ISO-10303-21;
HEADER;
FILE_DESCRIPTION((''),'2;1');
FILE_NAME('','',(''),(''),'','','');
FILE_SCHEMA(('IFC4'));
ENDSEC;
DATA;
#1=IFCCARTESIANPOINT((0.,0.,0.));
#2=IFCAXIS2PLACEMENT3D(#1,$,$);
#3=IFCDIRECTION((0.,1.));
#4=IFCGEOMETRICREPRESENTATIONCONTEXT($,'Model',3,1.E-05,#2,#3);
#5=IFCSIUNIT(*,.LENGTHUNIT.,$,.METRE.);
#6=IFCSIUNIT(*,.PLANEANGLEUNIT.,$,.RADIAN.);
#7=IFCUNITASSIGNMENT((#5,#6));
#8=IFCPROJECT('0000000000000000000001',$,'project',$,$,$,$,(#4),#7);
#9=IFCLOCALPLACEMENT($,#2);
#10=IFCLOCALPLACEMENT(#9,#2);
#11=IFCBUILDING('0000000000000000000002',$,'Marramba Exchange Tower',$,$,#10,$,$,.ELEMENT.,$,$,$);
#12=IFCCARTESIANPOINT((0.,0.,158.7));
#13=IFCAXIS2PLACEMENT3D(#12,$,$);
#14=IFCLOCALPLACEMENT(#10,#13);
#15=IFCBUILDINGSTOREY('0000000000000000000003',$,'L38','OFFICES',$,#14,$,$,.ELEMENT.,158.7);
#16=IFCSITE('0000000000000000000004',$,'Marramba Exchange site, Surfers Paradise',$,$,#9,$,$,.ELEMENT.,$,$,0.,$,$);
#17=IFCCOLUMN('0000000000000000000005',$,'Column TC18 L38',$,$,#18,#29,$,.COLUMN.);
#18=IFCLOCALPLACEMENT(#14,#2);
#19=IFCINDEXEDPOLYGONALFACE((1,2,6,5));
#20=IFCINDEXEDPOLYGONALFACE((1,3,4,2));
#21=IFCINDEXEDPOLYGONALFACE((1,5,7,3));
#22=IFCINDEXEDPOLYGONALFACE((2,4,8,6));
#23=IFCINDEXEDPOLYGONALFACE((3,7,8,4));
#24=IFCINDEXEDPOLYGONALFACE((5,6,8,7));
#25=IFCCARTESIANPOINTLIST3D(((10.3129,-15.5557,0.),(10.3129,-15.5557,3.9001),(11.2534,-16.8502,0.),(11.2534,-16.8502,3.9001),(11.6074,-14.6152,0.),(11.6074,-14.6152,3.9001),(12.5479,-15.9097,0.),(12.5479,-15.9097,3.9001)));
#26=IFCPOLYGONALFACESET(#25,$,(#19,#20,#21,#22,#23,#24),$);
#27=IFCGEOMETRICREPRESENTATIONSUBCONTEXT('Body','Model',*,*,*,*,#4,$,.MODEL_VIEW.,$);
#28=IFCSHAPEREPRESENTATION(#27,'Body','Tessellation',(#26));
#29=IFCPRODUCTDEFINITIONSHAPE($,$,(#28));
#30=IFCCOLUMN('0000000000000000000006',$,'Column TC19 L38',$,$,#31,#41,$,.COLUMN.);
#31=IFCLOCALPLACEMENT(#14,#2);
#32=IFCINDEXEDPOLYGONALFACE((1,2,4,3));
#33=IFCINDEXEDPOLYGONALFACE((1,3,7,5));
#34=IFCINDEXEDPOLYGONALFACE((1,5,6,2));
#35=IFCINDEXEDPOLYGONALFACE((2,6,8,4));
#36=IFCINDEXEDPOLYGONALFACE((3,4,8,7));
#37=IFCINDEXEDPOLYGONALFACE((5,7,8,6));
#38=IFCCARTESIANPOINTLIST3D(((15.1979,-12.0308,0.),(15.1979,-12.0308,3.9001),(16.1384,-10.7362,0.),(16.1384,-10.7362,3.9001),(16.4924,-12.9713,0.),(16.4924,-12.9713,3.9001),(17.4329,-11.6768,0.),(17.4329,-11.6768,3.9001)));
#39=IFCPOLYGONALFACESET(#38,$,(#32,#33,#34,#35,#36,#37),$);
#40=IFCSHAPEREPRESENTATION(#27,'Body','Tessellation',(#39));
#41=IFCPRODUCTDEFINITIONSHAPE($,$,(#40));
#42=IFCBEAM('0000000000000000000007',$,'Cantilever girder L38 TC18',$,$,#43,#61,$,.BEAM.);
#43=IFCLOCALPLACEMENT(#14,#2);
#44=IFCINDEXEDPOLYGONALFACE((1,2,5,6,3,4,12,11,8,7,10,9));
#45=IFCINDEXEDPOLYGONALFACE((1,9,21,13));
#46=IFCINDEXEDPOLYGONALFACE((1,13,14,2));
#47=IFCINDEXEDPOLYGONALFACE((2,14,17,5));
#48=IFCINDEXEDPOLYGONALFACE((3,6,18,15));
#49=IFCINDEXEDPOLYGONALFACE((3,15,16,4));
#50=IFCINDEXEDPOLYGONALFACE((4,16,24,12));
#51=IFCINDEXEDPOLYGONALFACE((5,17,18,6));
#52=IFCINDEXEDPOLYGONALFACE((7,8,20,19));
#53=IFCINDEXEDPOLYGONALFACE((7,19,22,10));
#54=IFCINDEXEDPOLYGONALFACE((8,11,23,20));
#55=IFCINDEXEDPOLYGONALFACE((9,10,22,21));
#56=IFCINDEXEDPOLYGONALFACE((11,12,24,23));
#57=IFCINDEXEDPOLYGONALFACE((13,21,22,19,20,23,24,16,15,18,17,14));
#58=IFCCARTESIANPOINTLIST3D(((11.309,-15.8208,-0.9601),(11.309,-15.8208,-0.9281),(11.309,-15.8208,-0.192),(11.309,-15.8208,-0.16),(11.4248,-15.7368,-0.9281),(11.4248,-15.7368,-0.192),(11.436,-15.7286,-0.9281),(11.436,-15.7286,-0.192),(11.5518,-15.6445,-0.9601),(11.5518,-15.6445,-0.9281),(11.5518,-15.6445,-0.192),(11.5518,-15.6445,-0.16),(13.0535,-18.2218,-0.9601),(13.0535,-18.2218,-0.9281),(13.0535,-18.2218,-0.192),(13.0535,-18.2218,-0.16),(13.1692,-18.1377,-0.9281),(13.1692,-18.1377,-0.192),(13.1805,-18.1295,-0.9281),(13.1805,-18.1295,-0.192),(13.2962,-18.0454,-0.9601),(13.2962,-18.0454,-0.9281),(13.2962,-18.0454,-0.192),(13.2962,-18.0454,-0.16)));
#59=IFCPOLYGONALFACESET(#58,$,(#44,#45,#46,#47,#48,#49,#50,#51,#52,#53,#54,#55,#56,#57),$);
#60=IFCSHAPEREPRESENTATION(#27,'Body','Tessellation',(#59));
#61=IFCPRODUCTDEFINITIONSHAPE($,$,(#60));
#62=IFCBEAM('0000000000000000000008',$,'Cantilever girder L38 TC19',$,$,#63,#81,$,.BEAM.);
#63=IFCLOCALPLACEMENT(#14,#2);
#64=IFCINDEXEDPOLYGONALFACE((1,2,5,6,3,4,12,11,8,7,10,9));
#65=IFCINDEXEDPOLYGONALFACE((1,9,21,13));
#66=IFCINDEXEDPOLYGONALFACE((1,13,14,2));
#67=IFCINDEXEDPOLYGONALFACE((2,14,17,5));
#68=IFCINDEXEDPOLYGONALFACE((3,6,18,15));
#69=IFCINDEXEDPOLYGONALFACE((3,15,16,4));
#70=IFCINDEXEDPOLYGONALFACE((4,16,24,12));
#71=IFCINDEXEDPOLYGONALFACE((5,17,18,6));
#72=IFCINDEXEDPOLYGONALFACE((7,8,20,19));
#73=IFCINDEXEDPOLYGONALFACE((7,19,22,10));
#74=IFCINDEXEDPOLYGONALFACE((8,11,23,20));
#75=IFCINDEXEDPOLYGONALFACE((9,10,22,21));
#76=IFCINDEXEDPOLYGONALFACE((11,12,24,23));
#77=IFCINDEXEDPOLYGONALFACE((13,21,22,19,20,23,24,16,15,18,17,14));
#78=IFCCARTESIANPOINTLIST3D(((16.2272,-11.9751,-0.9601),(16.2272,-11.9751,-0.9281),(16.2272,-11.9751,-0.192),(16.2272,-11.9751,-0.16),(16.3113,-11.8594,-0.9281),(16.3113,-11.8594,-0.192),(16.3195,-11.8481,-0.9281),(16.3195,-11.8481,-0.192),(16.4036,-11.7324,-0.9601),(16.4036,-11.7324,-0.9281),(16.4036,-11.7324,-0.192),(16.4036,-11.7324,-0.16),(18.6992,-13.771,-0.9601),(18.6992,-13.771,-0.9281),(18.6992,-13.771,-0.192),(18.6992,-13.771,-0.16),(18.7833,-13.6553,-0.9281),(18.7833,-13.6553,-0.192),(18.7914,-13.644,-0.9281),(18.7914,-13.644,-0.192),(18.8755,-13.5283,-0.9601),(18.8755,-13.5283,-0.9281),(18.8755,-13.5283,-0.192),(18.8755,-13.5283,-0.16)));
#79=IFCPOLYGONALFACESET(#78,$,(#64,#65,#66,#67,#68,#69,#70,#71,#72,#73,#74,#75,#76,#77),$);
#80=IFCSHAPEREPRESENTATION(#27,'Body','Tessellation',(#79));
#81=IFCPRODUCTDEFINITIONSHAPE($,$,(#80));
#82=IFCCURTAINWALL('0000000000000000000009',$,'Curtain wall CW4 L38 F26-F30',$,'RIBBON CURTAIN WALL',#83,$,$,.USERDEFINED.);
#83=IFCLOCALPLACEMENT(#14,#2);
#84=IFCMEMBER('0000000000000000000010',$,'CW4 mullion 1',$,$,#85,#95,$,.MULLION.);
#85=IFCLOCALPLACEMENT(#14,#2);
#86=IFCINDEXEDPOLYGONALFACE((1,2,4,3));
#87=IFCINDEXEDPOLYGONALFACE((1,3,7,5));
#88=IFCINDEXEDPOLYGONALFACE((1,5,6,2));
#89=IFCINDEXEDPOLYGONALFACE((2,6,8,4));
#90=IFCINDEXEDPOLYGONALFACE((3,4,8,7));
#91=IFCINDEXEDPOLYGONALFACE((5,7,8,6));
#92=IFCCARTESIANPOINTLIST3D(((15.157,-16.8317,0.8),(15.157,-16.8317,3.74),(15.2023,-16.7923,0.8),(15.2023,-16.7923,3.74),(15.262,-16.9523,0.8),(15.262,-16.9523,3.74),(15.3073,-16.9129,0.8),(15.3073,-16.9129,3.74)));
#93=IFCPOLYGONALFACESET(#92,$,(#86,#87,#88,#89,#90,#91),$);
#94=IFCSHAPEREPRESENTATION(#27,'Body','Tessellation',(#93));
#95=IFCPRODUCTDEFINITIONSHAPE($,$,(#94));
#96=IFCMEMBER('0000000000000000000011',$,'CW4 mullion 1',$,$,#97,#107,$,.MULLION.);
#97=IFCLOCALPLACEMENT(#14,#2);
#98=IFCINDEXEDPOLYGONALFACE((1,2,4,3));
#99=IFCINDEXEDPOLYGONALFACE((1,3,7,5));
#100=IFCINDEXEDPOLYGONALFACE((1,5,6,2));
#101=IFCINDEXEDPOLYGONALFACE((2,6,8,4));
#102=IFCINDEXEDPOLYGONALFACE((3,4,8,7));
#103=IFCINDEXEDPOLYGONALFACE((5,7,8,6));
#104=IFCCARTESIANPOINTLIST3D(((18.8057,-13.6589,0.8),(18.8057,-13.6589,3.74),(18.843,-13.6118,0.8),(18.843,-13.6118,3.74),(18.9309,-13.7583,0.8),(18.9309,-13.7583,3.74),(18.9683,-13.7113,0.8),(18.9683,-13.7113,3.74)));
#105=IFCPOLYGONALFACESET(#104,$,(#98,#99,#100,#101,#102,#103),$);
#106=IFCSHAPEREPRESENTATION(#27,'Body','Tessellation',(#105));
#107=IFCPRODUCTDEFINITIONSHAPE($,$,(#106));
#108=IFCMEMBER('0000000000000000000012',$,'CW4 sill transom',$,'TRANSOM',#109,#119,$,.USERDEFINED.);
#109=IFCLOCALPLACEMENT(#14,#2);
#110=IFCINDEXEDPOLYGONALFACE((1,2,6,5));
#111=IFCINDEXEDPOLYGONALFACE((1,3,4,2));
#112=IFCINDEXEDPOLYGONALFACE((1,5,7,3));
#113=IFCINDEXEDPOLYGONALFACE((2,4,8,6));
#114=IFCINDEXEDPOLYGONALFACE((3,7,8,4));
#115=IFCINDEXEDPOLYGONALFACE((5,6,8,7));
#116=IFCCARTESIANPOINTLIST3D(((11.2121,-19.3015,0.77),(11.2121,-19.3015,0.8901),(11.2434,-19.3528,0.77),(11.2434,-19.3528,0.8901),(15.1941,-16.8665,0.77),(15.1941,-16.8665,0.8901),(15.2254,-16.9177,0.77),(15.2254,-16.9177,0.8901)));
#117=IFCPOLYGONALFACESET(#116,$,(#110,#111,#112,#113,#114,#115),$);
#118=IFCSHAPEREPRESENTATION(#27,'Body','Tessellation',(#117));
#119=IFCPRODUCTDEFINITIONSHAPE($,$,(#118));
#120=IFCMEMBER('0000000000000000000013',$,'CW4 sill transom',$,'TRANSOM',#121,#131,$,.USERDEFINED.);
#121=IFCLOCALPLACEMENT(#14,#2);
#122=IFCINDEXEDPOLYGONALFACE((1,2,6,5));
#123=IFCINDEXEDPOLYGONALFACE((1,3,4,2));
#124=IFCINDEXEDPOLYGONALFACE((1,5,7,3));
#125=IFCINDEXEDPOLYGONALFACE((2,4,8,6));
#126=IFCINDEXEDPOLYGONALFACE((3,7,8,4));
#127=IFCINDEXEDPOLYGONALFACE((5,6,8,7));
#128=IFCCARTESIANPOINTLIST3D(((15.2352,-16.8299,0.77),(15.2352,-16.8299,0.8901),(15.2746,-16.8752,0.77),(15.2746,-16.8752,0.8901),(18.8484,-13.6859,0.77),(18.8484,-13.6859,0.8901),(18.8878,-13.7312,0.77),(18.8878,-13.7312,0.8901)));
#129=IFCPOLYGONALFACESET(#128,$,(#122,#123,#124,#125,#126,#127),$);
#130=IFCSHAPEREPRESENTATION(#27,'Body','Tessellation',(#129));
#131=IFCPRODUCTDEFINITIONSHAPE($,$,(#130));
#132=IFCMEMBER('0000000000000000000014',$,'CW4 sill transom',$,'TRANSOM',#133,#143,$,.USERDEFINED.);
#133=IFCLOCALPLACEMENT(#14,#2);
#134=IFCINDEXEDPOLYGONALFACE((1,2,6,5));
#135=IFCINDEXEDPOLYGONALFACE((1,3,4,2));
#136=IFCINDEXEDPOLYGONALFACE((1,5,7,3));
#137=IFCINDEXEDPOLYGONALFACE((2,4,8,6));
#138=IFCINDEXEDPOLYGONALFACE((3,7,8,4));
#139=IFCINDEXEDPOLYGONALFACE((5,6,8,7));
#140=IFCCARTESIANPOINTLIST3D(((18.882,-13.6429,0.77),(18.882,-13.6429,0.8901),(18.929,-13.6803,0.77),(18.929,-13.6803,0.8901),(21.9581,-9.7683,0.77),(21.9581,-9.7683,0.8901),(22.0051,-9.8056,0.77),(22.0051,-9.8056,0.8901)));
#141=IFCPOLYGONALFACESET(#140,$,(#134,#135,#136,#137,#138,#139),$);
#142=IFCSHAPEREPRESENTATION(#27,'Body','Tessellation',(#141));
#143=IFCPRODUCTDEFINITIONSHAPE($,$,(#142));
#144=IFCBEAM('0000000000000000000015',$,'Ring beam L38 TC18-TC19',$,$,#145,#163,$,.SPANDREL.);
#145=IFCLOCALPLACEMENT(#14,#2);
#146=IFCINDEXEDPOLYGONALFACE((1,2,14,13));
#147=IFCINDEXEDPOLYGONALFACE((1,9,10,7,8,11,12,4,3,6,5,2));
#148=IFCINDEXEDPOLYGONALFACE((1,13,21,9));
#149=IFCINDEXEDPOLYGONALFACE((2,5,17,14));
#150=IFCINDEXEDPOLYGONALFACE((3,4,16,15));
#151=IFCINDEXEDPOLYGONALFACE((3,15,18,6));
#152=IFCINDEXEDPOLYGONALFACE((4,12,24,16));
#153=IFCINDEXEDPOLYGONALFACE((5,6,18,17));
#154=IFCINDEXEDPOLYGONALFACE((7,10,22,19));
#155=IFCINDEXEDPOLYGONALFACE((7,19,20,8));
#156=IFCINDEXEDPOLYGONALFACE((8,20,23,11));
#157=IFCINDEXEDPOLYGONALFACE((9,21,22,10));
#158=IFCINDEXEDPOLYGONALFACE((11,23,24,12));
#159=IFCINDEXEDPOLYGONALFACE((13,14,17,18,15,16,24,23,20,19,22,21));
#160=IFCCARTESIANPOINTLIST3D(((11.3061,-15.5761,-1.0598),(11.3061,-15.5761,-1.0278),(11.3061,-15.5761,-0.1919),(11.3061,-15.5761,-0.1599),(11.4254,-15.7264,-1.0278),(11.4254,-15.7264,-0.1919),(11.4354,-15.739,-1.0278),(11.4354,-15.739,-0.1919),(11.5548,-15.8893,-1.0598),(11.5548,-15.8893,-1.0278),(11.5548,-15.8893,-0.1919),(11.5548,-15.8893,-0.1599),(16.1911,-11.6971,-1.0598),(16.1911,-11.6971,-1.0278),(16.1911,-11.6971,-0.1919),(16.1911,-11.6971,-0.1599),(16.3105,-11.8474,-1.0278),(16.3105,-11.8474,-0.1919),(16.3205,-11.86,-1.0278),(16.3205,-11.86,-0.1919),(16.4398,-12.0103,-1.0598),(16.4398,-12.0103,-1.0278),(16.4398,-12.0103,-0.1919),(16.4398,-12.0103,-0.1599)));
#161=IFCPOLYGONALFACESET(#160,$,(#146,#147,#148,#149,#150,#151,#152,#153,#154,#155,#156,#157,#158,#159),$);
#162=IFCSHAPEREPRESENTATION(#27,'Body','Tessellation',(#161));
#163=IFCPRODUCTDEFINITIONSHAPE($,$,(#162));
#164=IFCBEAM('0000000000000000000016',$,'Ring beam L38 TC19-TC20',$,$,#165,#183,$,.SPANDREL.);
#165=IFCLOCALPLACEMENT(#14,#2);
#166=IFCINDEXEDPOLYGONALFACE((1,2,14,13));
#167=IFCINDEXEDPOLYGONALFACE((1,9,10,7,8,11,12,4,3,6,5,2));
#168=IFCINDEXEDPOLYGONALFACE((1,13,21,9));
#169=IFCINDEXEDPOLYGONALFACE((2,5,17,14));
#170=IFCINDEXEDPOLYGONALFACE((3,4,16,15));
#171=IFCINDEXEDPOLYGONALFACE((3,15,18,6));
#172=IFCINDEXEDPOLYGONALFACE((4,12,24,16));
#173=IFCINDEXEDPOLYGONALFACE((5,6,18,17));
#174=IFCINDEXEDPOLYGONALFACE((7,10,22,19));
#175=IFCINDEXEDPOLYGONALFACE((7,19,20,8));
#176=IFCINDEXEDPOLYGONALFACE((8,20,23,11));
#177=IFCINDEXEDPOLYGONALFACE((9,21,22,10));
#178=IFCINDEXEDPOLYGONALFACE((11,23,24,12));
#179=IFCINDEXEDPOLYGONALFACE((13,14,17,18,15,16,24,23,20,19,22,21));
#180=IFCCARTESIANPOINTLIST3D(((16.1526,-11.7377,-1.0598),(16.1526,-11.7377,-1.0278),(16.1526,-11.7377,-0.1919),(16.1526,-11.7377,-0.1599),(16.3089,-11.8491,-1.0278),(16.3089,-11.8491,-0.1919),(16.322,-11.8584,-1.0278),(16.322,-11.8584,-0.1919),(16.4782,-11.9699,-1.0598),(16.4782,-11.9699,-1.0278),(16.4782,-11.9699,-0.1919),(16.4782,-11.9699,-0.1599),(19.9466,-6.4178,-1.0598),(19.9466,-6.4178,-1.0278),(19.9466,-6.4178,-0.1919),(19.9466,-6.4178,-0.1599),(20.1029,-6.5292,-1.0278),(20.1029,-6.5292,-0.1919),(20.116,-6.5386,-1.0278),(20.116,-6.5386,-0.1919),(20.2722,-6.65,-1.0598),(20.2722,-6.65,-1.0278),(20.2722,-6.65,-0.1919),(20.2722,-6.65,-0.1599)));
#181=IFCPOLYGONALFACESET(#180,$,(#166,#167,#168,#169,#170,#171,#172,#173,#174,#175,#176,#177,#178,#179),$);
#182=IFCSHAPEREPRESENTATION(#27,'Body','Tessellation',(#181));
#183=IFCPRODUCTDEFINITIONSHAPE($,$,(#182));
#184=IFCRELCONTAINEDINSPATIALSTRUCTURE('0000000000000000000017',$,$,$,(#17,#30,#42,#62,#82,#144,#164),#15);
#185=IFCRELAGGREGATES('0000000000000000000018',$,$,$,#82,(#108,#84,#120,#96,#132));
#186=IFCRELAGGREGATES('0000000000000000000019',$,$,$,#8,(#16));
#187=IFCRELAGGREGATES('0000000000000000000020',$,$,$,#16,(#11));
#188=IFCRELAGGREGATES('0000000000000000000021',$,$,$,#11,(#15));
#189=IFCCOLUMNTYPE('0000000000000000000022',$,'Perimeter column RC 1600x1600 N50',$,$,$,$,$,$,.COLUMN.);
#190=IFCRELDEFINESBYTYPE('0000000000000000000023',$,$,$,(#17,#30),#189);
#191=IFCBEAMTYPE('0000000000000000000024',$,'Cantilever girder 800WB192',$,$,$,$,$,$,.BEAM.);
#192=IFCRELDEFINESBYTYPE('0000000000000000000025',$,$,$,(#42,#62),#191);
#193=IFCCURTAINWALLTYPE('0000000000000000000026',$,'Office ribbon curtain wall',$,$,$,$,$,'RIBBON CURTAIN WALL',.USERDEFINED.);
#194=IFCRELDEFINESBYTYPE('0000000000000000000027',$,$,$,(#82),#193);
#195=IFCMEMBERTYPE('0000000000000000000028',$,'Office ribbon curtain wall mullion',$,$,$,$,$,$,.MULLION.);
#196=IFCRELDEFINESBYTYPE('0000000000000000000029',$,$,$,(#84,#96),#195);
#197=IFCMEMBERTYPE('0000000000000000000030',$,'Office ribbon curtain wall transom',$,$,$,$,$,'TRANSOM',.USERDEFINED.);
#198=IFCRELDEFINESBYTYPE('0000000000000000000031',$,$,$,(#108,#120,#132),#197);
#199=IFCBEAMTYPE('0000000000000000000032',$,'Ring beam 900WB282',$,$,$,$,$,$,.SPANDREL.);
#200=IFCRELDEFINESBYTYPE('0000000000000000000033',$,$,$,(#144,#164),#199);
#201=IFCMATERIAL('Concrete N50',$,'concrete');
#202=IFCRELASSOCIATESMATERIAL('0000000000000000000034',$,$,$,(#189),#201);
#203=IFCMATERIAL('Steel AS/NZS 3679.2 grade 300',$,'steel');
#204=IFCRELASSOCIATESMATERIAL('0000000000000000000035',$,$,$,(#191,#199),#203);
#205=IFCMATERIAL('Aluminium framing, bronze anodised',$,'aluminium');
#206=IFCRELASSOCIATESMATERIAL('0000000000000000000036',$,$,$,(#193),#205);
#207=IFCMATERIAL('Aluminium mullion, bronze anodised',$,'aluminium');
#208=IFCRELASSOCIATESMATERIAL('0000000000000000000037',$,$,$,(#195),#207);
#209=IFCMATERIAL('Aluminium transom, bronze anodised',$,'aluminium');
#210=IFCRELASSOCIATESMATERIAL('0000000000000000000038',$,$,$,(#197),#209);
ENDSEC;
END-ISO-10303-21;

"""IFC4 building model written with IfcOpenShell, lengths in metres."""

from ifc_helpers import new_model, si_unit, direction, frame, origin, origin_2d, place, context, subcontext, project, spatial, rectangle, i_section, extrude, material, material_profile, profile_set, type_object, element, aggregate, save


model = new_model("IFC4")

# Units and contexts
model_context = context("Model", 3, precision=1e-05, world=origin(), true_north=direction((0.0, 1.0)))
body_context = subcontext(model_context, "Body", "Model", "MODEL_VIEW")
ifc_project = project(units=[si_unit("LENGTHUNIT", "METRE"), si_unit("PLANEANGLEUNIT", "RADIAN")], contexts=[model_context])

# Site, building, storey
site_placement = place(None, origin())
site = spatial("IfcSite", under=ifc_project, at=site_placement, Name="Marramba Exchange site, Surfers Paradise", CompositionType="ELEMENT", RefElevation=0.0)
building_placement = place(site_placement, origin())
building = spatial("IfcBuilding", under=site, at=building_placement, Name="Marramba Exchange Tower", CompositionType="ELEMENT")
storey_placement = place(building_placement, frame((0.0, 0.0, 158.7)))
storey = spatial("IfcBuildingStorey", under=building, at=storey_placement, Name="L38", Description="OFFICES", CompositionType="ELEMENT", Elevation=158.7)

# Columns
ifc_material_1 = material(Name="Concrete N50", Category="concrete")
ifc_material_profile_1 = material_profile(ifc_material_1, rectangle(XDim=1.6001, YDim=1.6001, at=origin_2d()), Name="RC 1600x1600")
ifc_profile_set_1 = profile_set([ifc_material_profile_1], Name="Concrete N50")
column_type = type_object("IfcColumnType", Name="Perimeter column RC 1600x1600 N50", PredefinedType="COLUMN", material=ifc_profile_set_1)
for number, where, z_axis, x_axis, name in (
    (1, (11.4304, -15.7327, 0.0), (0.0, 0.0, 1.0), (0.587785, -0.809017, 0.0), "Column TC18 L38"),
    (2, (16.3154, -11.8538, 0.0), (0.0, 0.0, 1.0), (0.809017, -0.587785, 0.0), "Column TC19 L38"),
):
    element("IfcColumn", number, at=place(storey_placement, frame(where, z_axis=z_axis, x_axis=x_axis)), inside=storey, type_object=column_type, Name=name, PredefinedType="COLUMN", context=body_context, shape_type="SweptSolid", body=[
        extrude(rectangle(XDim=1.6001, YDim=1.6001, at=origin_2d()), origin(), (0.0, 0.0, 1.0), 3.9001),
    ])

# Beams
ifc_material_2 = material(Name="Steel AS/NZS 3679.2 grade 300", Category="steel")
ifc_material_profile_2 = material_profile(ifc_material_2, i_section(OverallWidth=0.3, OverallDepth=0.8, WebThickness=0.0139, FlangeThickness=0.032, at=origin_2d()), Name="800WB192")
ifc_profile_set_2 = profile_set([ifc_material_profile_2], Name="Steel AS/NZS 3679.2 grade 300")
beam_type_1 = type_object("IfcBeamType", Name="Cantilever girder 800WB192", PredefinedType="BEAM", material=ifc_profile_set_2)
beam_1_placement = place(storey_placement, frame((11.4304, -15.7327, -0.5601), z_axis=(0.587795, -0.80901, 0.0), x_axis=(0.80901, 0.587795, 0.0)))
element("IfcBeam", 3, at=beam_1_placement, inside=storey, type_object=beam_type_1, Name="Cantilever girder L38 TC18", PredefinedType="BEAM", context=body_context, shape_type="SweptSolid", body=[
    extrude(i_section(OverallWidth=0.3, OverallDepth=0.8, WebThickness=0.0139, FlangeThickness=0.032, at=origin_2d()), origin(), (0.0, 0.0, 1.0), 2.9678),
])
beam_2_placement = place(storey_placement, frame((16.3154, -11.8538, -0.5601), z_axis=(0.809026, -0.587773, 0.0), x_axis=(0.587773, 0.809026, 0.0)))
element("IfcBeam", 4, at=beam_2_placement, inside=storey, type_object=beam_type_1, Name="Cantilever girder L38 TC19", PredefinedType="BEAM", context=body_context, shape_type="SweptSolid", body=[
    extrude(i_section(OverallWidth=0.3, OverallDepth=0.8, WebThickness=0.0139, FlangeThickness=0.032, at=origin_2d()), origin(), (0.0, 0.0, 1.0), 3.0554),
])

# Curtain wall, members
ifc_material_3 = material(Name="Aluminium framing, bronze anodised", Category="aluminium")
curtain_wall_type = type_object("IfcCurtainWallType", Name="Office ribbon curtain wall", ElementType="RIBBON CURTAIN WALL", PredefinedType="USERDEFINED", material=ifc_material_3)
curtain_wall_placement = place(storey_placement, origin())
curtain_wall = element("IfcCurtainWall", 5, at=curtain_wall_placement, inside=storey, type_object=curtain_wall_type, Name="Curtain wall CW4 L38 F26-F30", ObjectType="RIBBON CURTAIN WALL", PredefinedType="USERDEFINED")
ifc_material_4 = material(Name="Aluminium mullion, bronze anodised", Category="aluminium")
ifc_material_profile_3 = material_profile(ifc_material_4, rectangle(XDim=0.1599, YDim=0.0601, at=origin_2d()), Name="CW4 mullion 60x160")
ifc_profile_set_3 = profile_set([ifc_material_profile_3], Name="Aluminium mullion, bronze anodised")
member_type_1 = type_object("IfcMemberType", Name="Office ribbon curtain wall mullion", PredefinedType="MULLION", material=ifc_profile_set_3)
member_1_placement = place(storey_placement, frame((15.2322, -16.8723, 0.8), z_axis=(0.0, 0.0, 1.0), x_axis=(-0.656432, 0.754386, 0.0)))
member_1 = element("IfcMember", 6, at=member_1_placement, type_object=member_type_1, Name="CW4 mullion 1", PredefinedType="MULLION", context=body_context, shape_type="SweptSolid", body=[
    extrude(rectangle(XDim=0.1599, YDim=0.0601, at=origin_2d()), origin(), (0.0, 0.0, 1.0), 2.9399),
])
member_2_placement = place(storey_placement, frame((18.887, -13.6851, 0.8), z_axis=(0.0, 0.0, 1.0), x_axis=(-0.78317, 0.621807, 0.0)))
member_2 = element("IfcMember", 7, at=member_2_placement, type_object=member_type_1, Name="CW4 mullion 1", PredefinedType="MULLION", context=body_context, shape_type="SweptSolid", body=[
    extrude(rectangle(XDim=0.1599, YDim=0.0601, at=origin_2d()), origin(), (0.0, 0.0, 1.0), 2.9399),
])
ifc_material_5 = material(Name="Aluminium transom, bronze anodised", Category="aluminium")
ifc_material_profile_4 = material_profile(ifc_material_5, rectangle(XDim=0.0601, YDim=0.1201, at=origin_2d()), Name="CW4 transom 60x120")
ifc_profile_set_4 = profile_set([ifc_material_profile_4], Name="Aluminium transom, bronze anodised")
member_type_2 = type_object("IfcMemberType", Name="Office ribbon curtain wall transom", ElementType="TRANSOM", PredefinedType="USERDEFINED", material=ifc_profile_set_4)
member_3_placement = place(storey_placement, frame((11.2278, -19.3271, 0.8301), z_axis=(0.853124, 0.521708, 0.0), x_axis=(-0.521708, 0.853124, 0.0)))
member_3 = element("IfcMember", 8, at=member_3_placement, type_object=member_type_2, Name="CW4 sill transom", ObjectType="TRANSOM", PredefinedType="USERDEFINED", context=body_context, shape_type="SweptSolid", body=[
    extrude(rectangle(XDim=0.0601, YDim=0.1201, at=origin_2d()), origin(), (0.0, 0.0, 1.0), 4.6675),
])
member_4_placement = place(storey_placement, frame((15.2549, -16.8525, 0.8301), z_axis=(0.754393, 0.656424, 0.0), x_axis=(-0.656424, 0.754393, 0.0)))
member_4 = element("IfcMember", 9, at=member_4_placement, type_object=member_type_2, Name="CW4 sill transom", ObjectType="TRANSOM", PredefinedType="USERDEFINED", context=body_context, shape_type="SweptSolid", body=[
    extrude(rectangle(XDim=0.0601, YDim=0.1201, at=origin_2d()), origin(), (0.0, 0.0, 1.0), 4.7896),
])
member_5_placement = place(storey_placement, frame((18.9055, -13.6616, 0.8301), z_axis=(0.621778, 0.783194, 0.0), x_axis=(-0.783194, 0.621778, 0.0)))
member_5 = element("IfcMember", 10, at=member_5_placement, type_object=member_type_2, Name="CW4 sill transom", ObjectType="TRANSOM", PredefinedType="USERDEFINED", context=body_context, shape_type="SweptSolid", body=[
    extrude(rectangle(XDim=0.0601, YDim=0.1201, at=origin_2d()), origin(), (0.0, 0.0, 1.0), 4.9473),
])

# Beams
ifc_material_profile_5 = material_profile(ifc_material_2, i_section(OverallWidth=0.3999, OverallDepth=0.8999, WebThickness=0.0161, FlangeThickness=0.032, at=origin_2d()), Name="900WB282")
ifc_profile_set_5 = profile_set([ifc_material_profile_5], Name="Steel AS/NZS 3679.2 grade 300")
beam_type_2 = type_object("IfcBeamType", Name="Ring beam 900WB282", PredefinedType="SPANDREL", material=ifc_profile_set_5)
beam_3_placement = place(storey_placement, frame((11.4304, -15.7327, -0.6099), z_axis=(0.783139, 0.621846, 0.0), x_axis=(-0.621846, 0.783139, 0.0)))
element("IfcBeam", 11, at=beam_3_placement, inside=storey, type_object=beam_type_2, Name="Ring beam L38 TC18-TC19", PredefinedType="SPANDREL", context=body_context, shape_type="SweptSolid", body=[
    extrude(i_section(OverallWidth=0.3999, OverallDepth=0.8999, WebThickness=0.0161, FlangeThickness=0.032, at=origin_2d()), origin(), (0.0, 0.0, 1.0), 6.2378),
])
beam_4_placement = place(storey_placement, frame((16.3154, -11.8538, -0.6099), z_axis=(0.580637, 0.814162, 0.0), x_axis=(-0.814162, 0.580637, 0.0)))
element("IfcBeam", 12, at=beam_4_placement, inside=storey, type_object=beam_type_2, Name="Ring beam L38 TC19-TC20", PredefinedType="SPANDREL", context=body_context, shape_type="SweptSolid", body=[
    extrude(i_section(OverallWidth=0.3999, OverallDepth=0.8999, WebThickness=0.0161, FlangeThickness=0.032, at=origin_2d()), origin(), (0.0, 0.0, 1.0), 6.5342),
])

aggregate(curtain_wall, [member_3, member_1, member_4, member_2, member_5])

save(model, "model.ifc")
